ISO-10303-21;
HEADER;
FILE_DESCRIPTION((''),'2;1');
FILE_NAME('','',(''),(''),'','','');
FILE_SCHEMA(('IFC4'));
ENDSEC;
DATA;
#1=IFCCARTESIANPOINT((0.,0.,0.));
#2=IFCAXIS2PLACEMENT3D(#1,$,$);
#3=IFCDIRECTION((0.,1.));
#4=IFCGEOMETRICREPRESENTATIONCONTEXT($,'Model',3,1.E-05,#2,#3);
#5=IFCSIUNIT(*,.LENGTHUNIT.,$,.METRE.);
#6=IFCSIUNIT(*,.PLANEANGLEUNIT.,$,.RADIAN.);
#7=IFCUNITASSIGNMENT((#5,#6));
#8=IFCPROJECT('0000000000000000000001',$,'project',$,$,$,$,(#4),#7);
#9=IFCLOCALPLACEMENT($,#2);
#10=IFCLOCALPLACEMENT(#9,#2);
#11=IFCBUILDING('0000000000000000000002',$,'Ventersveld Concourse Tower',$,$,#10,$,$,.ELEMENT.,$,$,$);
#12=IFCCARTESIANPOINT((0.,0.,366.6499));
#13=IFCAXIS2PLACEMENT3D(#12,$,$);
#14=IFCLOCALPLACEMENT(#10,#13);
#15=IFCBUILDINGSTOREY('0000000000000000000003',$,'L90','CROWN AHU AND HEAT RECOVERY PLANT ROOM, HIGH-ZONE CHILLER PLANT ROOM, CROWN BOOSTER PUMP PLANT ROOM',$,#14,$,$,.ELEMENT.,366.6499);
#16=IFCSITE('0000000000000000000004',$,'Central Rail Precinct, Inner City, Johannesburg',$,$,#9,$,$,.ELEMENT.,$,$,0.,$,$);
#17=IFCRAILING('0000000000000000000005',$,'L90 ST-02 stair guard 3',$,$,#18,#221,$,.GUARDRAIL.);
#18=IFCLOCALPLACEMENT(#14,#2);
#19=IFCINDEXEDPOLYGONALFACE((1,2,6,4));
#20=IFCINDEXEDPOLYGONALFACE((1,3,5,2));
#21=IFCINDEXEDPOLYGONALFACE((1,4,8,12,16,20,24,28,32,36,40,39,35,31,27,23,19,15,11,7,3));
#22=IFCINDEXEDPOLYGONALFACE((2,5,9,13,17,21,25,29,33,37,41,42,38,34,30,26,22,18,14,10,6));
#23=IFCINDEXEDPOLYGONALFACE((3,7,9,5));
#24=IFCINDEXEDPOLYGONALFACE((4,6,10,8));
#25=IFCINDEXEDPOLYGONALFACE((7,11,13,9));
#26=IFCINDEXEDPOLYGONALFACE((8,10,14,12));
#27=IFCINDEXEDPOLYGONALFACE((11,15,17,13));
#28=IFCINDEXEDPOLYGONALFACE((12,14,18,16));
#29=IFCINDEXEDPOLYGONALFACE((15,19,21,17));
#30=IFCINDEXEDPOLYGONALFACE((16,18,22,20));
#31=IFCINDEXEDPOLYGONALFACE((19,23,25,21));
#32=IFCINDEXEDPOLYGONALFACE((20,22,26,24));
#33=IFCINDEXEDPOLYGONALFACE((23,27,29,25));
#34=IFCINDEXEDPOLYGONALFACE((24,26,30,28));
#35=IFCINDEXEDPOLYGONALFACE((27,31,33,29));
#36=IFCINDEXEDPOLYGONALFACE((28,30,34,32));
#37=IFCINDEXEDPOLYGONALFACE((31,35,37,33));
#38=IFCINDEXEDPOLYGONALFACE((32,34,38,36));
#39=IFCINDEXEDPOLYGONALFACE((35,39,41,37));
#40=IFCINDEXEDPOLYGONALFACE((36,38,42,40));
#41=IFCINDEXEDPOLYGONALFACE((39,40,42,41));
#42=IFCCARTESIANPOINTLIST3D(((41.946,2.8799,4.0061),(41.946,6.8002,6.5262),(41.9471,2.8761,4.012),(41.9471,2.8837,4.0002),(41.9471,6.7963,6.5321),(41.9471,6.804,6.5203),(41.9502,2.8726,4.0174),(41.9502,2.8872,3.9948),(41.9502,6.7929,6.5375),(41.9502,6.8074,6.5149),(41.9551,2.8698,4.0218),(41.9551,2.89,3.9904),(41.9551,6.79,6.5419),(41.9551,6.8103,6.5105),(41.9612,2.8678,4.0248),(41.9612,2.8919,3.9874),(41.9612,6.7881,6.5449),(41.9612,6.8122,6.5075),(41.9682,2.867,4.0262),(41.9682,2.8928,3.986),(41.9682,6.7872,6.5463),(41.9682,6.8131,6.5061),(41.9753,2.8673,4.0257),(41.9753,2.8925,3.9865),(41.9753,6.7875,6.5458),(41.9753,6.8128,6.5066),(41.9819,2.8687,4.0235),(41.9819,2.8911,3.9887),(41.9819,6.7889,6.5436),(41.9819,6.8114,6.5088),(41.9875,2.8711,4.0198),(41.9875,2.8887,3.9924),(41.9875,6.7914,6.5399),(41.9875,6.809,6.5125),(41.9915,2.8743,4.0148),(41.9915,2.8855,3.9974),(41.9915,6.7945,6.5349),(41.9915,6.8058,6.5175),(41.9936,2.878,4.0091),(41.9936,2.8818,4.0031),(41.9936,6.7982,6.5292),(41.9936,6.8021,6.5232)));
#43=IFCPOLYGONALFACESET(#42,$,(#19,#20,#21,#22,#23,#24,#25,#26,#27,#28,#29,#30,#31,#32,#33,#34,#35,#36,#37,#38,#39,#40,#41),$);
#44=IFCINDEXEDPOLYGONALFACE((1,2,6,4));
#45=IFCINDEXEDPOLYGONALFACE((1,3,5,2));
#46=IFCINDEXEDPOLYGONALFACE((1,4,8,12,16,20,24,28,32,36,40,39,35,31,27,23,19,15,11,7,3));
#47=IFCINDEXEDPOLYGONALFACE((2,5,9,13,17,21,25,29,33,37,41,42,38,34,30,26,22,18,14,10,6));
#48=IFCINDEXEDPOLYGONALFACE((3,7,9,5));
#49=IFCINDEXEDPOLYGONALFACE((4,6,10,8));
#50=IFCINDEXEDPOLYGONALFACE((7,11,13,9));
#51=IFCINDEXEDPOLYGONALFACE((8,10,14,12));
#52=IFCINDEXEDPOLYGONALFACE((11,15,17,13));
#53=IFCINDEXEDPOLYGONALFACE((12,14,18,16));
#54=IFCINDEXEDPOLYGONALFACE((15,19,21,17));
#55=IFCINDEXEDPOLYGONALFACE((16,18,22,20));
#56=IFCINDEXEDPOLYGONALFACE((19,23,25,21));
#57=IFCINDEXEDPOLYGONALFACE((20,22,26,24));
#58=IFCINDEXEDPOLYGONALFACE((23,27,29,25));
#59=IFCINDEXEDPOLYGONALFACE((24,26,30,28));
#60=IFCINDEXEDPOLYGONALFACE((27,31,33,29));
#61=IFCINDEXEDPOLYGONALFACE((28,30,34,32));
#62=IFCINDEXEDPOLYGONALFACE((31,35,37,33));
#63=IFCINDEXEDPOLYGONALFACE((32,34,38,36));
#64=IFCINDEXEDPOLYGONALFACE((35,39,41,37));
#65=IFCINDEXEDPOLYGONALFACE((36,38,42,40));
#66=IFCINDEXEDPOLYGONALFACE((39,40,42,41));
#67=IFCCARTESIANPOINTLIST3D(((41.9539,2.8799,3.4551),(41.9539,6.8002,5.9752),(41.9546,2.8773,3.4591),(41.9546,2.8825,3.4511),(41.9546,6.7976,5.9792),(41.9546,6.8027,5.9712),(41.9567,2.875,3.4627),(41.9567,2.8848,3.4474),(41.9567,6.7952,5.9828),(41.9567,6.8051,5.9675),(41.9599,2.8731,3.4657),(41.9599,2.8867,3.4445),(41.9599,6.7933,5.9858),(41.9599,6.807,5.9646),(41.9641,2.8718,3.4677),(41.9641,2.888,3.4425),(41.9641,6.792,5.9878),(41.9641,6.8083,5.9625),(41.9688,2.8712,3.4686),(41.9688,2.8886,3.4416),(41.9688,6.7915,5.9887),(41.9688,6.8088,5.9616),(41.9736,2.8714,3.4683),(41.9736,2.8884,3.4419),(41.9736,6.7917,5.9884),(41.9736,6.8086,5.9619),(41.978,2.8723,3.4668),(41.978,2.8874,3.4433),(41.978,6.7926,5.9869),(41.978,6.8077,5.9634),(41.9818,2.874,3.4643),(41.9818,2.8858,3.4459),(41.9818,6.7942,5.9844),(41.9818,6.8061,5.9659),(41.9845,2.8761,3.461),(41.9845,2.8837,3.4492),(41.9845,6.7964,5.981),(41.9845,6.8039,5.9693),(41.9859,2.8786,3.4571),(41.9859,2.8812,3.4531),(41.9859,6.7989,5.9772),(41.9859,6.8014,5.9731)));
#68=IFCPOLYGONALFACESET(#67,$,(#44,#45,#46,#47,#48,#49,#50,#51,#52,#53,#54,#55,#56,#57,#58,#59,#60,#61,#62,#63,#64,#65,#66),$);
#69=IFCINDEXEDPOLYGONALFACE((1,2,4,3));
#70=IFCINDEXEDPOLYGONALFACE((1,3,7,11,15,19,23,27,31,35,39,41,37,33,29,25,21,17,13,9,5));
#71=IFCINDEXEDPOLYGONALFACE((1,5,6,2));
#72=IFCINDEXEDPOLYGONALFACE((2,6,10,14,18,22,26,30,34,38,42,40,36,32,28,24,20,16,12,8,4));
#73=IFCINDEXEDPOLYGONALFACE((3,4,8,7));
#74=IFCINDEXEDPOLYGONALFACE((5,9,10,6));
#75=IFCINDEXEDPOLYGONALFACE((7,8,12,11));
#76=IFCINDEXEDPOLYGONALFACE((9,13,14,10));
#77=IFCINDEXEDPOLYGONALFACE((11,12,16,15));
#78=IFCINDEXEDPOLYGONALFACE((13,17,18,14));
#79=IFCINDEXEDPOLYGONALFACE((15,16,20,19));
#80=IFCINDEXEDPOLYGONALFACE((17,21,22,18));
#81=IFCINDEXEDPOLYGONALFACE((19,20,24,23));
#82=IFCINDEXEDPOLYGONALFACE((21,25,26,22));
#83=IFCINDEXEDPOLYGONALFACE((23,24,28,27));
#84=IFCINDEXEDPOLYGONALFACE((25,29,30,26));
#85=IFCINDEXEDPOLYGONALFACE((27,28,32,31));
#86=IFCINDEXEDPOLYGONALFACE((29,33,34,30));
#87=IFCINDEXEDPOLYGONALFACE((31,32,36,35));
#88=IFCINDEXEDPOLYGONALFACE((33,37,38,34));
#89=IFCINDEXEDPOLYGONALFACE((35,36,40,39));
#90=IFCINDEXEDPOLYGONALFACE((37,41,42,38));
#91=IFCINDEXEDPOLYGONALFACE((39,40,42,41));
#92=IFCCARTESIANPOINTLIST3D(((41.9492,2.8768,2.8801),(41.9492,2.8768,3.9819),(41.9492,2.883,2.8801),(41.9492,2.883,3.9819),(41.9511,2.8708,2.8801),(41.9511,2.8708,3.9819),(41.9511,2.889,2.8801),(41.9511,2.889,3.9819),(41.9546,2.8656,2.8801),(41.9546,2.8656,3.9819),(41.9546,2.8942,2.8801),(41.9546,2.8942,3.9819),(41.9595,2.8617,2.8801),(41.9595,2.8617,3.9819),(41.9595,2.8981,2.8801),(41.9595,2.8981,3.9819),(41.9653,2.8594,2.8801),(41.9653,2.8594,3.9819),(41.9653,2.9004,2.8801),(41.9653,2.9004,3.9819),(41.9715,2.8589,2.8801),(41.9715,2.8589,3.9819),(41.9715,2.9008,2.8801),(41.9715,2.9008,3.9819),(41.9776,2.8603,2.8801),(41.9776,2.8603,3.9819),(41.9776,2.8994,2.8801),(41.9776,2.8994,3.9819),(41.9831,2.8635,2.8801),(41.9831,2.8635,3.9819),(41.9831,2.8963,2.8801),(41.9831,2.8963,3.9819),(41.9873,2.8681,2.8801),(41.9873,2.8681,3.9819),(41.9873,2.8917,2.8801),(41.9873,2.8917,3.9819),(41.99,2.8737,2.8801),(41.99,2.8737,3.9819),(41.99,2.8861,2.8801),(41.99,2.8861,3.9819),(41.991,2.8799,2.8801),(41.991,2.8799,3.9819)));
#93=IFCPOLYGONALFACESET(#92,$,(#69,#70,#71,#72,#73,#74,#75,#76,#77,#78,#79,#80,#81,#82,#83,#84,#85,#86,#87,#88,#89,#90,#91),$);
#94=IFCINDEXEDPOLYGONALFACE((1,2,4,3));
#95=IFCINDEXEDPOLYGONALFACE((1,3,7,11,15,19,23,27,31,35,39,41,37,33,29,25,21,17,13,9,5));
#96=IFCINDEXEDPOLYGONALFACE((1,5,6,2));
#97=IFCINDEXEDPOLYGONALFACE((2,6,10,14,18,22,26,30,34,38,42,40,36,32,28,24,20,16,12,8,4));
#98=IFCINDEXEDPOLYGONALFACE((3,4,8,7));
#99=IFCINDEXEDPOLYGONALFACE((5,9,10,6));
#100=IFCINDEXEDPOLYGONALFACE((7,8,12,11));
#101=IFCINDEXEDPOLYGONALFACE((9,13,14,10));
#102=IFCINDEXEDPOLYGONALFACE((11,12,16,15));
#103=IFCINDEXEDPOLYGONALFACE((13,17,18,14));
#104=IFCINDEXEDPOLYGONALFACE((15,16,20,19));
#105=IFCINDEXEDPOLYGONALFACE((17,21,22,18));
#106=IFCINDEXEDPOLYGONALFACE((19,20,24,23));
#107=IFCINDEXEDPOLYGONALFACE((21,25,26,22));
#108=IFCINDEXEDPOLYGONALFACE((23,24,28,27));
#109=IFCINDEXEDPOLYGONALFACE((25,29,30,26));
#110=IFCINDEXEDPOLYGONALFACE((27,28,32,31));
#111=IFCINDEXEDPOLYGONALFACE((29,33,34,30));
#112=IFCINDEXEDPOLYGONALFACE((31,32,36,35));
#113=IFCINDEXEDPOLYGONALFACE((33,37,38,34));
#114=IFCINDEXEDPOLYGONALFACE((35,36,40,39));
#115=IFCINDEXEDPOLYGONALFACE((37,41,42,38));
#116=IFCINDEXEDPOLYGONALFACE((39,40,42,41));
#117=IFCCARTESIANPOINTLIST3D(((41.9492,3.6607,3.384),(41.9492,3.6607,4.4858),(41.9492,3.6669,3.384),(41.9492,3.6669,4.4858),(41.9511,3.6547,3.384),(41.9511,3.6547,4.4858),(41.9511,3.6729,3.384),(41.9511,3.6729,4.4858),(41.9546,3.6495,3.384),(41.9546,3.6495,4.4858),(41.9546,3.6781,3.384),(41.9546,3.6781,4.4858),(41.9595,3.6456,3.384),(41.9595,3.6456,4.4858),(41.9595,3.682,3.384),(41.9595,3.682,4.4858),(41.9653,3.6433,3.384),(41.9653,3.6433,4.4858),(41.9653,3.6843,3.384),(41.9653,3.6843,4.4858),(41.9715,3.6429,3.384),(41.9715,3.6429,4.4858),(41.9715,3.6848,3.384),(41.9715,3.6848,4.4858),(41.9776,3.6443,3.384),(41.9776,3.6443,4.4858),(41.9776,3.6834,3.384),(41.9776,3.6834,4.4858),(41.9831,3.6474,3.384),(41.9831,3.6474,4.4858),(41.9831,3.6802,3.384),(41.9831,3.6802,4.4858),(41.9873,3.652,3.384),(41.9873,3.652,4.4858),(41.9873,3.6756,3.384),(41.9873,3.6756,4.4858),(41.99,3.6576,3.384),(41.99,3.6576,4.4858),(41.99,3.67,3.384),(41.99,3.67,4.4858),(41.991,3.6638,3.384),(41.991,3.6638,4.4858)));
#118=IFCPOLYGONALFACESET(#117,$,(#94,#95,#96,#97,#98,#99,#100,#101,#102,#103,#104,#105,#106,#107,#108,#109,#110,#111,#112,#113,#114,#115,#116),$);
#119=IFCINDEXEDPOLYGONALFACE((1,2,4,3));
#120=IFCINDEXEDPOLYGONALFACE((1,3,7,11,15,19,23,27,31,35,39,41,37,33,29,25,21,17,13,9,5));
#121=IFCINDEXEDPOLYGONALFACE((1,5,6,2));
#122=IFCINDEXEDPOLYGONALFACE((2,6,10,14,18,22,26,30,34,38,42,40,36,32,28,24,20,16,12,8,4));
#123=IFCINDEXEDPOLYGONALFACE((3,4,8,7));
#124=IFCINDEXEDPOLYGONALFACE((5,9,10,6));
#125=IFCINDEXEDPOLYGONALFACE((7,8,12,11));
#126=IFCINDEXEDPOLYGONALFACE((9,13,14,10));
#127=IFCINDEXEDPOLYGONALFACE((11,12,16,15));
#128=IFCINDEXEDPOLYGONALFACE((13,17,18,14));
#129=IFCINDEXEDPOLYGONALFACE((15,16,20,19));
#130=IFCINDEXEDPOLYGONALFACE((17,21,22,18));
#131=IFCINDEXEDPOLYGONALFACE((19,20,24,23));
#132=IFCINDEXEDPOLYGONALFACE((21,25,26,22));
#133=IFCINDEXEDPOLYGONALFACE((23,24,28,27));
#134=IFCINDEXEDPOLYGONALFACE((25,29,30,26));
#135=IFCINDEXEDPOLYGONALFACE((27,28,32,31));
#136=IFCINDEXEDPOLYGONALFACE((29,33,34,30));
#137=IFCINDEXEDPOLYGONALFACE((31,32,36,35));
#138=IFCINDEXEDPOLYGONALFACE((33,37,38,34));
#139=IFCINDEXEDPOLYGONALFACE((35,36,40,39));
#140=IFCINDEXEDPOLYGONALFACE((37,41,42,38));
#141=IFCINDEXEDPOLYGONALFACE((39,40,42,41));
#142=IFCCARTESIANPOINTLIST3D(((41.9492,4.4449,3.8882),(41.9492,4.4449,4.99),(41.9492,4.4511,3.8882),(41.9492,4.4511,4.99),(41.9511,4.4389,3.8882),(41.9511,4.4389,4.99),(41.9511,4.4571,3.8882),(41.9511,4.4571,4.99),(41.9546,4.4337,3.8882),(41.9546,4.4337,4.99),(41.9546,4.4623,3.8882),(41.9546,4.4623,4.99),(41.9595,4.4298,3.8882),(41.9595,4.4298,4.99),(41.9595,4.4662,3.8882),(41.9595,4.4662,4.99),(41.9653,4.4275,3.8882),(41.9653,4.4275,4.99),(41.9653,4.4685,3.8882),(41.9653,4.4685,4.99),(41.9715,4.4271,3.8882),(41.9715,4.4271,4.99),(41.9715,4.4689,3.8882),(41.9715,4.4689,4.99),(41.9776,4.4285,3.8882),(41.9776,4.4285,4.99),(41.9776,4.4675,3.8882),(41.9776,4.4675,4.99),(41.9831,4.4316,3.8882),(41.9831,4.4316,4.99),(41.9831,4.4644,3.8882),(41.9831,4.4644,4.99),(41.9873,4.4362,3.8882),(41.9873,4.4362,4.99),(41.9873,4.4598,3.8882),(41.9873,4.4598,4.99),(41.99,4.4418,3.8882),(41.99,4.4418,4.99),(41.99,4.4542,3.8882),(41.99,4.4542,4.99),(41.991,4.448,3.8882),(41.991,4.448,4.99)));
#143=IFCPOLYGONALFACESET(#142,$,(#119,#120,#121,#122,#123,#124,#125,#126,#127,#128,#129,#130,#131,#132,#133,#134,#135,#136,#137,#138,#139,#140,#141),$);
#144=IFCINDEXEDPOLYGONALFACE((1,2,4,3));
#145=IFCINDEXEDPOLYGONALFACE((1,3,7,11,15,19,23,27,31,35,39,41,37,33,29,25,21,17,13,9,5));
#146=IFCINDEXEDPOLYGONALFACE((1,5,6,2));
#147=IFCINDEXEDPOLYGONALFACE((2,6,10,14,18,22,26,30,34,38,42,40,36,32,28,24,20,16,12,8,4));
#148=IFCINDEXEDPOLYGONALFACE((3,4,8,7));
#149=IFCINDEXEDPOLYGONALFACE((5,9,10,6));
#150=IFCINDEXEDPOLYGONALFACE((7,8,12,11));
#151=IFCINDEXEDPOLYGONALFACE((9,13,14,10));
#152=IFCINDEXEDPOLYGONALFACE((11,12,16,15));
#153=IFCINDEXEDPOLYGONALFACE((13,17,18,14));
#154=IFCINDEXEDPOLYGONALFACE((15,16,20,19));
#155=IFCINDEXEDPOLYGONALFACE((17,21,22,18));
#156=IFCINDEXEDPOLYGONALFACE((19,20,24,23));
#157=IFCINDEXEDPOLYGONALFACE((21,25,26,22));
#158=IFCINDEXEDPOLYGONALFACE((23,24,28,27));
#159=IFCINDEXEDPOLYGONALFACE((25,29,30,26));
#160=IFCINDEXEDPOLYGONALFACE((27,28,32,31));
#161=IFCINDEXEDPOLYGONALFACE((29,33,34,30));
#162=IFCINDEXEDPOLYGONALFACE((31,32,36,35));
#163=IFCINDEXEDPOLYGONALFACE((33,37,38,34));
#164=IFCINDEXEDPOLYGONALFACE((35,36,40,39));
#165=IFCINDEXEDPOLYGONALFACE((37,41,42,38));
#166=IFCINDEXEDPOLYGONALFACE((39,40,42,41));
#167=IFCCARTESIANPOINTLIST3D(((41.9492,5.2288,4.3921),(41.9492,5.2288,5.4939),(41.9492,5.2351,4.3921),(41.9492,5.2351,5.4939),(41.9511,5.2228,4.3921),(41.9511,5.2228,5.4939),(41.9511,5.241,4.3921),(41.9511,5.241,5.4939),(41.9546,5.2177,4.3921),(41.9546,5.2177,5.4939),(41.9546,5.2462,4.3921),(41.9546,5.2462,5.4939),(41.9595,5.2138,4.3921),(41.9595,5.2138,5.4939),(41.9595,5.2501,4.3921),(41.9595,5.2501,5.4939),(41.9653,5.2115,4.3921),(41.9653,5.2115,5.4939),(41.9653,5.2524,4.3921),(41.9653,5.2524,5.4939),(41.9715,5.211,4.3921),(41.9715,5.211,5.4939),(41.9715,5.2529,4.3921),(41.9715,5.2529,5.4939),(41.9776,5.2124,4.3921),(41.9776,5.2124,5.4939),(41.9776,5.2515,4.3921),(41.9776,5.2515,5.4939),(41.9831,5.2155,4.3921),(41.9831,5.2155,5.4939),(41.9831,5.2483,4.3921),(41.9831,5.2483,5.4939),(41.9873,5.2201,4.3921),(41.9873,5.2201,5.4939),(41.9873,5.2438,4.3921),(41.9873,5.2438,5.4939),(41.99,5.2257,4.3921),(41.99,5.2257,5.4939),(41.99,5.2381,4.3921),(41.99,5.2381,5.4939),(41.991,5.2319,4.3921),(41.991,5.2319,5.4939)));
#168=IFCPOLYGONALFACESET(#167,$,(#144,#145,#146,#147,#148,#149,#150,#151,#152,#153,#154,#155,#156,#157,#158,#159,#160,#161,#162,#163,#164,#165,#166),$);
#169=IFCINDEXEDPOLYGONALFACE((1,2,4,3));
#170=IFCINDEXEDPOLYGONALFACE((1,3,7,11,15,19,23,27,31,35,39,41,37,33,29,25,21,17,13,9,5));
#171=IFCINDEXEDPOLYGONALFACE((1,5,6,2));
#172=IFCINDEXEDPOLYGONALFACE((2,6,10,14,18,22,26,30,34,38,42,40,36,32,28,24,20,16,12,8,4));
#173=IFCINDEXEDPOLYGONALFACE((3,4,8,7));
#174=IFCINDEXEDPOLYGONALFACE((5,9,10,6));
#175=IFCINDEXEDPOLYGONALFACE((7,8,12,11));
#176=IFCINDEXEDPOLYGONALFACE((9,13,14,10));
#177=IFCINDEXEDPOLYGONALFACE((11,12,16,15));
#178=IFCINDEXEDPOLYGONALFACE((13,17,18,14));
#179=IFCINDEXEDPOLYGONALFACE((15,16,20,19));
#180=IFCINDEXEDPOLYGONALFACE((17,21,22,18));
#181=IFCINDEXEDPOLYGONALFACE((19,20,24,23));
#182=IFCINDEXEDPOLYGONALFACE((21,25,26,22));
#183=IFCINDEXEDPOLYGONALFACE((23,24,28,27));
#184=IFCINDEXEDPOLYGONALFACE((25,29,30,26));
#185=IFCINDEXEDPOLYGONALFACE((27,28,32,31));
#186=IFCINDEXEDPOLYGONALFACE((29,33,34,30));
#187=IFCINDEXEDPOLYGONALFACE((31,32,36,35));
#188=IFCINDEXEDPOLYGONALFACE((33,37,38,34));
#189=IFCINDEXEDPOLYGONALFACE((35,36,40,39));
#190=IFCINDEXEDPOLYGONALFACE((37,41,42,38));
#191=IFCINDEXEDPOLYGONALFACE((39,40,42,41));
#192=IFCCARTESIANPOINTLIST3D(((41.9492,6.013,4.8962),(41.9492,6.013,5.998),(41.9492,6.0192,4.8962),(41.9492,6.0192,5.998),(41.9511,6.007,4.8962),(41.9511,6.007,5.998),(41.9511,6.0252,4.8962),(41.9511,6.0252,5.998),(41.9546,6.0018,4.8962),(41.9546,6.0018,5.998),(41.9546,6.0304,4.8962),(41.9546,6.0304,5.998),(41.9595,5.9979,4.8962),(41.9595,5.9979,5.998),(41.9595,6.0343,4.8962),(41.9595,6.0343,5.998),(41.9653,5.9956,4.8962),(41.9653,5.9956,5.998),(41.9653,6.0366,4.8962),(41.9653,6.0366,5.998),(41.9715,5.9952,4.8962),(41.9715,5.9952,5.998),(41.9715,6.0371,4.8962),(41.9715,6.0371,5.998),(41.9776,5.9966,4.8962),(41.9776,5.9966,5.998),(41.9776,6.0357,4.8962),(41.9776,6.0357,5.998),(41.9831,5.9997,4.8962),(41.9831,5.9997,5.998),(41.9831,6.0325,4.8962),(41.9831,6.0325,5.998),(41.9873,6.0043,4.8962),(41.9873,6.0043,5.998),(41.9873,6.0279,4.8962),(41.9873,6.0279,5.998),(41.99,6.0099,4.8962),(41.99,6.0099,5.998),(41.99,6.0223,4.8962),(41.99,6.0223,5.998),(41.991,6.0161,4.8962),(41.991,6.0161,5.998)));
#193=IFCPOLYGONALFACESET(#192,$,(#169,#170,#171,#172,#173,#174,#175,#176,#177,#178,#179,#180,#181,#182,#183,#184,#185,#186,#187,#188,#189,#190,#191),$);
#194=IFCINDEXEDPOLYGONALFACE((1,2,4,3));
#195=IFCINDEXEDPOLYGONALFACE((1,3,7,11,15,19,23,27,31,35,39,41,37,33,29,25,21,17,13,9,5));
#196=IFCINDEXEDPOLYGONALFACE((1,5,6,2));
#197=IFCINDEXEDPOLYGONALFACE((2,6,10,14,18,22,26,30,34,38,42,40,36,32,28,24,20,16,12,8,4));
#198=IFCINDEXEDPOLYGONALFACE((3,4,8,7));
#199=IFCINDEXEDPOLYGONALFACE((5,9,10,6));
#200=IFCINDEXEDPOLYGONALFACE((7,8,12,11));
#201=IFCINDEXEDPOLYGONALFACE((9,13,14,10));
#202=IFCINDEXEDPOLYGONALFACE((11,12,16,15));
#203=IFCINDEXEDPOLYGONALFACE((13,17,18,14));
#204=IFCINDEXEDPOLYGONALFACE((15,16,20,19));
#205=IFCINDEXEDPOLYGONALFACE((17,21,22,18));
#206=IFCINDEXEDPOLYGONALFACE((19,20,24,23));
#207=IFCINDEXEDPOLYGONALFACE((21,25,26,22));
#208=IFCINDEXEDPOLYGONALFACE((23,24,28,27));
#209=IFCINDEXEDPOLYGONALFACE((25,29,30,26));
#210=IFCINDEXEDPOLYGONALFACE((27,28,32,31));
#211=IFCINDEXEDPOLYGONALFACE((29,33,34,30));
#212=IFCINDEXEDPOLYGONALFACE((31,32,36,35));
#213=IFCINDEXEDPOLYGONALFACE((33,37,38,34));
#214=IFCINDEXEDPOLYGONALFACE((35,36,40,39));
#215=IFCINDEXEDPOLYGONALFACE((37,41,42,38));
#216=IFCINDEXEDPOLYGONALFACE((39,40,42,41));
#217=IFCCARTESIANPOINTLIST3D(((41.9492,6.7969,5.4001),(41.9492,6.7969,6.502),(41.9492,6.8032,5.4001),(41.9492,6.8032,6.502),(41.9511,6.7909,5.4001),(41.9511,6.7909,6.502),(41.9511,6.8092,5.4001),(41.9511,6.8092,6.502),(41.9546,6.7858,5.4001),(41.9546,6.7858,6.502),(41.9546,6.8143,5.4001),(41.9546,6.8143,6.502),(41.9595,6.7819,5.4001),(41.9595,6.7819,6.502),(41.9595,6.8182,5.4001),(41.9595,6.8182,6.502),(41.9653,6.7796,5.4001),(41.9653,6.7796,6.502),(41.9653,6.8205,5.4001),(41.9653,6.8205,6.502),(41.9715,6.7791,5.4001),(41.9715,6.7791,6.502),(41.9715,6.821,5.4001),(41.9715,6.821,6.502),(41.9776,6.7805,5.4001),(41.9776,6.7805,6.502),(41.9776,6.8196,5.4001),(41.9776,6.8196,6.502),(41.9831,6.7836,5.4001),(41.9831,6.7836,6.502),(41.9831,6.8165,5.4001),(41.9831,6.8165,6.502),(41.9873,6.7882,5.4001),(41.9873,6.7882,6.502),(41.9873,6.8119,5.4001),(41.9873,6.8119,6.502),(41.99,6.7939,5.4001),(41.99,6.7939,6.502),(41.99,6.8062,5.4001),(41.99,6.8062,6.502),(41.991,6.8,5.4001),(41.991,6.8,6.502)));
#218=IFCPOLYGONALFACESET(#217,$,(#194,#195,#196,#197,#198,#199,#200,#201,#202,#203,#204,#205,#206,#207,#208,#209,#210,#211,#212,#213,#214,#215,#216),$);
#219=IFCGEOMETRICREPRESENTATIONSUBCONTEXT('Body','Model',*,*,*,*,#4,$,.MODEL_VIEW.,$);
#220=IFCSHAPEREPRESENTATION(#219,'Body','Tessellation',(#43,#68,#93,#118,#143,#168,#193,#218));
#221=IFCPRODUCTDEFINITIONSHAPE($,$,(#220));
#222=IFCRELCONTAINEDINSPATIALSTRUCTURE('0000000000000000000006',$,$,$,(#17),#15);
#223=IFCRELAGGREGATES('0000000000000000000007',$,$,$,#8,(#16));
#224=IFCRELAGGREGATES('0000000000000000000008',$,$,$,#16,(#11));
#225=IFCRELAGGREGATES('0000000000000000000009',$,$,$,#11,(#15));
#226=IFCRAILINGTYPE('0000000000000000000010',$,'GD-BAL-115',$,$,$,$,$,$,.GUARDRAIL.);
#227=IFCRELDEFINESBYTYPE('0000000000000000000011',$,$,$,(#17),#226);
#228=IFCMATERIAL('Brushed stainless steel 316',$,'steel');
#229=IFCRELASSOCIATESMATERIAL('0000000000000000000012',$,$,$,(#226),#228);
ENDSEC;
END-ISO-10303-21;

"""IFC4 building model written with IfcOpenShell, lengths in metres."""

from ifc_helpers import new_model, si_unit, direction, frame, origin, origin_2d, place, context, subcontext, project, spatial, circle, extrude, material, type_object, element, save


model = new_model("IFC4")

# Units and contexts
model_context = context("Model", 3, precision=1e-05, world=origin(), true_north=direction((0.0, 1.0)))
body_context = subcontext(model_context, "Body", "Model", "MODEL_VIEW")
ifc_project = project(units=[si_unit("LENGTHUNIT", "METRE"), si_unit("PLANEANGLEUNIT", "RADIAN")], contexts=[model_context])

# Site, building, storey
site_placement = place(None, origin())
site = spatial("IfcSite", under=ifc_project, at=site_placement, Name="Central Rail Precinct, Inner City, Johannesburg", CompositionType="ELEMENT", RefElevation=0.0)
building_placement = place(site_placement, origin())
building = spatial("IfcBuilding", under=site, at=building_placement, Name="Ventersveld Concourse Tower", CompositionType="ELEMENT")
storey_placement = place(building_placement, frame((0.0, 0.0, 366.6499)))
storey = spatial("IfcBuildingStorey", under=building, at=storey_placement, Name="L90", Description="CROWN AHU AND HEAT RECOVERY PLANT ROOM, HIGH-ZONE CHILLER PLANT ROOM, CROWN BOOSTER PUMP PLANT ROOM", CompositionType="ELEMENT", Elevation=366.6499)

# Shared definitions
ifc_material_1 = material(Name="Brushed stainless steel 316", Category="steel")

# Railing
railing_type_1 = type_object("IfcRailingType", Name="GD-BAL-115", PredefinedType="GUARDRAIL", material=ifc_material_1)
railing_1_placement = place(storey_placement, frame((41.97, 2.8799, 2.8801)))
element("IfcRailing", 1, at=railing_1_placement, inside=storey, type_object=railing_type_1, Name="L90 ST-02 stair guard 3", PredefinedType="GUARDRAIL", context=body_context, shape_type="SweptSolid", body=[
    extrude(circle(Radius=0.0239, at=origin_2d()), frame((0.0, 0.0, 1.126), z_axis=(0.0, 0.841187, 0.540744), x_axis=(-1.0, 0.0, 0.0)), (0.0, 0.0, 1.0), 4.6604),
    extrude(circle(Radius=0.0161, at=origin_2d()), frame((0.0, 0.0, 0.575), z_axis=(0.0, 0.841187, 0.540744), x_axis=(-1.0, 0.0, 0.0)), (0.0, 0.0, 1.0), 4.6604),
    extrude(circle(Radius=0.021, at=origin_2d()), origin(), (0.0, 0.0, 1.0), 1.1018),
    extrude(circle(Radius=0.021, at=origin_2d()), frame((0.0, 0.7839, 0.5039)), (0.0, 0.0, 1.0), 1.1018),
    extrude(circle(Radius=0.021, at=origin_2d()), frame((0.0, 1.5681, 1.0081)), (0.0, 0.0, 1.0), 1.1018),
    extrude(circle(Radius=0.021, at=origin_2d()), frame((0.0, 2.3521, 1.512)), (0.0, 0.0, 1.0), 1.1018),
    extrude(circle(Radius=0.021, at=origin_2d()), frame((0.0, 3.1362, 2.0161)), (0.0, 0.0, 1.0), 1.1018),
    extrude(circle(Radius=0.021, at=origin_2d()), frame((0.0, 3.9202, 2.52)), (0.0, 0.0, 1.0), 1.1018),
])

save(model, "model.ifc")
